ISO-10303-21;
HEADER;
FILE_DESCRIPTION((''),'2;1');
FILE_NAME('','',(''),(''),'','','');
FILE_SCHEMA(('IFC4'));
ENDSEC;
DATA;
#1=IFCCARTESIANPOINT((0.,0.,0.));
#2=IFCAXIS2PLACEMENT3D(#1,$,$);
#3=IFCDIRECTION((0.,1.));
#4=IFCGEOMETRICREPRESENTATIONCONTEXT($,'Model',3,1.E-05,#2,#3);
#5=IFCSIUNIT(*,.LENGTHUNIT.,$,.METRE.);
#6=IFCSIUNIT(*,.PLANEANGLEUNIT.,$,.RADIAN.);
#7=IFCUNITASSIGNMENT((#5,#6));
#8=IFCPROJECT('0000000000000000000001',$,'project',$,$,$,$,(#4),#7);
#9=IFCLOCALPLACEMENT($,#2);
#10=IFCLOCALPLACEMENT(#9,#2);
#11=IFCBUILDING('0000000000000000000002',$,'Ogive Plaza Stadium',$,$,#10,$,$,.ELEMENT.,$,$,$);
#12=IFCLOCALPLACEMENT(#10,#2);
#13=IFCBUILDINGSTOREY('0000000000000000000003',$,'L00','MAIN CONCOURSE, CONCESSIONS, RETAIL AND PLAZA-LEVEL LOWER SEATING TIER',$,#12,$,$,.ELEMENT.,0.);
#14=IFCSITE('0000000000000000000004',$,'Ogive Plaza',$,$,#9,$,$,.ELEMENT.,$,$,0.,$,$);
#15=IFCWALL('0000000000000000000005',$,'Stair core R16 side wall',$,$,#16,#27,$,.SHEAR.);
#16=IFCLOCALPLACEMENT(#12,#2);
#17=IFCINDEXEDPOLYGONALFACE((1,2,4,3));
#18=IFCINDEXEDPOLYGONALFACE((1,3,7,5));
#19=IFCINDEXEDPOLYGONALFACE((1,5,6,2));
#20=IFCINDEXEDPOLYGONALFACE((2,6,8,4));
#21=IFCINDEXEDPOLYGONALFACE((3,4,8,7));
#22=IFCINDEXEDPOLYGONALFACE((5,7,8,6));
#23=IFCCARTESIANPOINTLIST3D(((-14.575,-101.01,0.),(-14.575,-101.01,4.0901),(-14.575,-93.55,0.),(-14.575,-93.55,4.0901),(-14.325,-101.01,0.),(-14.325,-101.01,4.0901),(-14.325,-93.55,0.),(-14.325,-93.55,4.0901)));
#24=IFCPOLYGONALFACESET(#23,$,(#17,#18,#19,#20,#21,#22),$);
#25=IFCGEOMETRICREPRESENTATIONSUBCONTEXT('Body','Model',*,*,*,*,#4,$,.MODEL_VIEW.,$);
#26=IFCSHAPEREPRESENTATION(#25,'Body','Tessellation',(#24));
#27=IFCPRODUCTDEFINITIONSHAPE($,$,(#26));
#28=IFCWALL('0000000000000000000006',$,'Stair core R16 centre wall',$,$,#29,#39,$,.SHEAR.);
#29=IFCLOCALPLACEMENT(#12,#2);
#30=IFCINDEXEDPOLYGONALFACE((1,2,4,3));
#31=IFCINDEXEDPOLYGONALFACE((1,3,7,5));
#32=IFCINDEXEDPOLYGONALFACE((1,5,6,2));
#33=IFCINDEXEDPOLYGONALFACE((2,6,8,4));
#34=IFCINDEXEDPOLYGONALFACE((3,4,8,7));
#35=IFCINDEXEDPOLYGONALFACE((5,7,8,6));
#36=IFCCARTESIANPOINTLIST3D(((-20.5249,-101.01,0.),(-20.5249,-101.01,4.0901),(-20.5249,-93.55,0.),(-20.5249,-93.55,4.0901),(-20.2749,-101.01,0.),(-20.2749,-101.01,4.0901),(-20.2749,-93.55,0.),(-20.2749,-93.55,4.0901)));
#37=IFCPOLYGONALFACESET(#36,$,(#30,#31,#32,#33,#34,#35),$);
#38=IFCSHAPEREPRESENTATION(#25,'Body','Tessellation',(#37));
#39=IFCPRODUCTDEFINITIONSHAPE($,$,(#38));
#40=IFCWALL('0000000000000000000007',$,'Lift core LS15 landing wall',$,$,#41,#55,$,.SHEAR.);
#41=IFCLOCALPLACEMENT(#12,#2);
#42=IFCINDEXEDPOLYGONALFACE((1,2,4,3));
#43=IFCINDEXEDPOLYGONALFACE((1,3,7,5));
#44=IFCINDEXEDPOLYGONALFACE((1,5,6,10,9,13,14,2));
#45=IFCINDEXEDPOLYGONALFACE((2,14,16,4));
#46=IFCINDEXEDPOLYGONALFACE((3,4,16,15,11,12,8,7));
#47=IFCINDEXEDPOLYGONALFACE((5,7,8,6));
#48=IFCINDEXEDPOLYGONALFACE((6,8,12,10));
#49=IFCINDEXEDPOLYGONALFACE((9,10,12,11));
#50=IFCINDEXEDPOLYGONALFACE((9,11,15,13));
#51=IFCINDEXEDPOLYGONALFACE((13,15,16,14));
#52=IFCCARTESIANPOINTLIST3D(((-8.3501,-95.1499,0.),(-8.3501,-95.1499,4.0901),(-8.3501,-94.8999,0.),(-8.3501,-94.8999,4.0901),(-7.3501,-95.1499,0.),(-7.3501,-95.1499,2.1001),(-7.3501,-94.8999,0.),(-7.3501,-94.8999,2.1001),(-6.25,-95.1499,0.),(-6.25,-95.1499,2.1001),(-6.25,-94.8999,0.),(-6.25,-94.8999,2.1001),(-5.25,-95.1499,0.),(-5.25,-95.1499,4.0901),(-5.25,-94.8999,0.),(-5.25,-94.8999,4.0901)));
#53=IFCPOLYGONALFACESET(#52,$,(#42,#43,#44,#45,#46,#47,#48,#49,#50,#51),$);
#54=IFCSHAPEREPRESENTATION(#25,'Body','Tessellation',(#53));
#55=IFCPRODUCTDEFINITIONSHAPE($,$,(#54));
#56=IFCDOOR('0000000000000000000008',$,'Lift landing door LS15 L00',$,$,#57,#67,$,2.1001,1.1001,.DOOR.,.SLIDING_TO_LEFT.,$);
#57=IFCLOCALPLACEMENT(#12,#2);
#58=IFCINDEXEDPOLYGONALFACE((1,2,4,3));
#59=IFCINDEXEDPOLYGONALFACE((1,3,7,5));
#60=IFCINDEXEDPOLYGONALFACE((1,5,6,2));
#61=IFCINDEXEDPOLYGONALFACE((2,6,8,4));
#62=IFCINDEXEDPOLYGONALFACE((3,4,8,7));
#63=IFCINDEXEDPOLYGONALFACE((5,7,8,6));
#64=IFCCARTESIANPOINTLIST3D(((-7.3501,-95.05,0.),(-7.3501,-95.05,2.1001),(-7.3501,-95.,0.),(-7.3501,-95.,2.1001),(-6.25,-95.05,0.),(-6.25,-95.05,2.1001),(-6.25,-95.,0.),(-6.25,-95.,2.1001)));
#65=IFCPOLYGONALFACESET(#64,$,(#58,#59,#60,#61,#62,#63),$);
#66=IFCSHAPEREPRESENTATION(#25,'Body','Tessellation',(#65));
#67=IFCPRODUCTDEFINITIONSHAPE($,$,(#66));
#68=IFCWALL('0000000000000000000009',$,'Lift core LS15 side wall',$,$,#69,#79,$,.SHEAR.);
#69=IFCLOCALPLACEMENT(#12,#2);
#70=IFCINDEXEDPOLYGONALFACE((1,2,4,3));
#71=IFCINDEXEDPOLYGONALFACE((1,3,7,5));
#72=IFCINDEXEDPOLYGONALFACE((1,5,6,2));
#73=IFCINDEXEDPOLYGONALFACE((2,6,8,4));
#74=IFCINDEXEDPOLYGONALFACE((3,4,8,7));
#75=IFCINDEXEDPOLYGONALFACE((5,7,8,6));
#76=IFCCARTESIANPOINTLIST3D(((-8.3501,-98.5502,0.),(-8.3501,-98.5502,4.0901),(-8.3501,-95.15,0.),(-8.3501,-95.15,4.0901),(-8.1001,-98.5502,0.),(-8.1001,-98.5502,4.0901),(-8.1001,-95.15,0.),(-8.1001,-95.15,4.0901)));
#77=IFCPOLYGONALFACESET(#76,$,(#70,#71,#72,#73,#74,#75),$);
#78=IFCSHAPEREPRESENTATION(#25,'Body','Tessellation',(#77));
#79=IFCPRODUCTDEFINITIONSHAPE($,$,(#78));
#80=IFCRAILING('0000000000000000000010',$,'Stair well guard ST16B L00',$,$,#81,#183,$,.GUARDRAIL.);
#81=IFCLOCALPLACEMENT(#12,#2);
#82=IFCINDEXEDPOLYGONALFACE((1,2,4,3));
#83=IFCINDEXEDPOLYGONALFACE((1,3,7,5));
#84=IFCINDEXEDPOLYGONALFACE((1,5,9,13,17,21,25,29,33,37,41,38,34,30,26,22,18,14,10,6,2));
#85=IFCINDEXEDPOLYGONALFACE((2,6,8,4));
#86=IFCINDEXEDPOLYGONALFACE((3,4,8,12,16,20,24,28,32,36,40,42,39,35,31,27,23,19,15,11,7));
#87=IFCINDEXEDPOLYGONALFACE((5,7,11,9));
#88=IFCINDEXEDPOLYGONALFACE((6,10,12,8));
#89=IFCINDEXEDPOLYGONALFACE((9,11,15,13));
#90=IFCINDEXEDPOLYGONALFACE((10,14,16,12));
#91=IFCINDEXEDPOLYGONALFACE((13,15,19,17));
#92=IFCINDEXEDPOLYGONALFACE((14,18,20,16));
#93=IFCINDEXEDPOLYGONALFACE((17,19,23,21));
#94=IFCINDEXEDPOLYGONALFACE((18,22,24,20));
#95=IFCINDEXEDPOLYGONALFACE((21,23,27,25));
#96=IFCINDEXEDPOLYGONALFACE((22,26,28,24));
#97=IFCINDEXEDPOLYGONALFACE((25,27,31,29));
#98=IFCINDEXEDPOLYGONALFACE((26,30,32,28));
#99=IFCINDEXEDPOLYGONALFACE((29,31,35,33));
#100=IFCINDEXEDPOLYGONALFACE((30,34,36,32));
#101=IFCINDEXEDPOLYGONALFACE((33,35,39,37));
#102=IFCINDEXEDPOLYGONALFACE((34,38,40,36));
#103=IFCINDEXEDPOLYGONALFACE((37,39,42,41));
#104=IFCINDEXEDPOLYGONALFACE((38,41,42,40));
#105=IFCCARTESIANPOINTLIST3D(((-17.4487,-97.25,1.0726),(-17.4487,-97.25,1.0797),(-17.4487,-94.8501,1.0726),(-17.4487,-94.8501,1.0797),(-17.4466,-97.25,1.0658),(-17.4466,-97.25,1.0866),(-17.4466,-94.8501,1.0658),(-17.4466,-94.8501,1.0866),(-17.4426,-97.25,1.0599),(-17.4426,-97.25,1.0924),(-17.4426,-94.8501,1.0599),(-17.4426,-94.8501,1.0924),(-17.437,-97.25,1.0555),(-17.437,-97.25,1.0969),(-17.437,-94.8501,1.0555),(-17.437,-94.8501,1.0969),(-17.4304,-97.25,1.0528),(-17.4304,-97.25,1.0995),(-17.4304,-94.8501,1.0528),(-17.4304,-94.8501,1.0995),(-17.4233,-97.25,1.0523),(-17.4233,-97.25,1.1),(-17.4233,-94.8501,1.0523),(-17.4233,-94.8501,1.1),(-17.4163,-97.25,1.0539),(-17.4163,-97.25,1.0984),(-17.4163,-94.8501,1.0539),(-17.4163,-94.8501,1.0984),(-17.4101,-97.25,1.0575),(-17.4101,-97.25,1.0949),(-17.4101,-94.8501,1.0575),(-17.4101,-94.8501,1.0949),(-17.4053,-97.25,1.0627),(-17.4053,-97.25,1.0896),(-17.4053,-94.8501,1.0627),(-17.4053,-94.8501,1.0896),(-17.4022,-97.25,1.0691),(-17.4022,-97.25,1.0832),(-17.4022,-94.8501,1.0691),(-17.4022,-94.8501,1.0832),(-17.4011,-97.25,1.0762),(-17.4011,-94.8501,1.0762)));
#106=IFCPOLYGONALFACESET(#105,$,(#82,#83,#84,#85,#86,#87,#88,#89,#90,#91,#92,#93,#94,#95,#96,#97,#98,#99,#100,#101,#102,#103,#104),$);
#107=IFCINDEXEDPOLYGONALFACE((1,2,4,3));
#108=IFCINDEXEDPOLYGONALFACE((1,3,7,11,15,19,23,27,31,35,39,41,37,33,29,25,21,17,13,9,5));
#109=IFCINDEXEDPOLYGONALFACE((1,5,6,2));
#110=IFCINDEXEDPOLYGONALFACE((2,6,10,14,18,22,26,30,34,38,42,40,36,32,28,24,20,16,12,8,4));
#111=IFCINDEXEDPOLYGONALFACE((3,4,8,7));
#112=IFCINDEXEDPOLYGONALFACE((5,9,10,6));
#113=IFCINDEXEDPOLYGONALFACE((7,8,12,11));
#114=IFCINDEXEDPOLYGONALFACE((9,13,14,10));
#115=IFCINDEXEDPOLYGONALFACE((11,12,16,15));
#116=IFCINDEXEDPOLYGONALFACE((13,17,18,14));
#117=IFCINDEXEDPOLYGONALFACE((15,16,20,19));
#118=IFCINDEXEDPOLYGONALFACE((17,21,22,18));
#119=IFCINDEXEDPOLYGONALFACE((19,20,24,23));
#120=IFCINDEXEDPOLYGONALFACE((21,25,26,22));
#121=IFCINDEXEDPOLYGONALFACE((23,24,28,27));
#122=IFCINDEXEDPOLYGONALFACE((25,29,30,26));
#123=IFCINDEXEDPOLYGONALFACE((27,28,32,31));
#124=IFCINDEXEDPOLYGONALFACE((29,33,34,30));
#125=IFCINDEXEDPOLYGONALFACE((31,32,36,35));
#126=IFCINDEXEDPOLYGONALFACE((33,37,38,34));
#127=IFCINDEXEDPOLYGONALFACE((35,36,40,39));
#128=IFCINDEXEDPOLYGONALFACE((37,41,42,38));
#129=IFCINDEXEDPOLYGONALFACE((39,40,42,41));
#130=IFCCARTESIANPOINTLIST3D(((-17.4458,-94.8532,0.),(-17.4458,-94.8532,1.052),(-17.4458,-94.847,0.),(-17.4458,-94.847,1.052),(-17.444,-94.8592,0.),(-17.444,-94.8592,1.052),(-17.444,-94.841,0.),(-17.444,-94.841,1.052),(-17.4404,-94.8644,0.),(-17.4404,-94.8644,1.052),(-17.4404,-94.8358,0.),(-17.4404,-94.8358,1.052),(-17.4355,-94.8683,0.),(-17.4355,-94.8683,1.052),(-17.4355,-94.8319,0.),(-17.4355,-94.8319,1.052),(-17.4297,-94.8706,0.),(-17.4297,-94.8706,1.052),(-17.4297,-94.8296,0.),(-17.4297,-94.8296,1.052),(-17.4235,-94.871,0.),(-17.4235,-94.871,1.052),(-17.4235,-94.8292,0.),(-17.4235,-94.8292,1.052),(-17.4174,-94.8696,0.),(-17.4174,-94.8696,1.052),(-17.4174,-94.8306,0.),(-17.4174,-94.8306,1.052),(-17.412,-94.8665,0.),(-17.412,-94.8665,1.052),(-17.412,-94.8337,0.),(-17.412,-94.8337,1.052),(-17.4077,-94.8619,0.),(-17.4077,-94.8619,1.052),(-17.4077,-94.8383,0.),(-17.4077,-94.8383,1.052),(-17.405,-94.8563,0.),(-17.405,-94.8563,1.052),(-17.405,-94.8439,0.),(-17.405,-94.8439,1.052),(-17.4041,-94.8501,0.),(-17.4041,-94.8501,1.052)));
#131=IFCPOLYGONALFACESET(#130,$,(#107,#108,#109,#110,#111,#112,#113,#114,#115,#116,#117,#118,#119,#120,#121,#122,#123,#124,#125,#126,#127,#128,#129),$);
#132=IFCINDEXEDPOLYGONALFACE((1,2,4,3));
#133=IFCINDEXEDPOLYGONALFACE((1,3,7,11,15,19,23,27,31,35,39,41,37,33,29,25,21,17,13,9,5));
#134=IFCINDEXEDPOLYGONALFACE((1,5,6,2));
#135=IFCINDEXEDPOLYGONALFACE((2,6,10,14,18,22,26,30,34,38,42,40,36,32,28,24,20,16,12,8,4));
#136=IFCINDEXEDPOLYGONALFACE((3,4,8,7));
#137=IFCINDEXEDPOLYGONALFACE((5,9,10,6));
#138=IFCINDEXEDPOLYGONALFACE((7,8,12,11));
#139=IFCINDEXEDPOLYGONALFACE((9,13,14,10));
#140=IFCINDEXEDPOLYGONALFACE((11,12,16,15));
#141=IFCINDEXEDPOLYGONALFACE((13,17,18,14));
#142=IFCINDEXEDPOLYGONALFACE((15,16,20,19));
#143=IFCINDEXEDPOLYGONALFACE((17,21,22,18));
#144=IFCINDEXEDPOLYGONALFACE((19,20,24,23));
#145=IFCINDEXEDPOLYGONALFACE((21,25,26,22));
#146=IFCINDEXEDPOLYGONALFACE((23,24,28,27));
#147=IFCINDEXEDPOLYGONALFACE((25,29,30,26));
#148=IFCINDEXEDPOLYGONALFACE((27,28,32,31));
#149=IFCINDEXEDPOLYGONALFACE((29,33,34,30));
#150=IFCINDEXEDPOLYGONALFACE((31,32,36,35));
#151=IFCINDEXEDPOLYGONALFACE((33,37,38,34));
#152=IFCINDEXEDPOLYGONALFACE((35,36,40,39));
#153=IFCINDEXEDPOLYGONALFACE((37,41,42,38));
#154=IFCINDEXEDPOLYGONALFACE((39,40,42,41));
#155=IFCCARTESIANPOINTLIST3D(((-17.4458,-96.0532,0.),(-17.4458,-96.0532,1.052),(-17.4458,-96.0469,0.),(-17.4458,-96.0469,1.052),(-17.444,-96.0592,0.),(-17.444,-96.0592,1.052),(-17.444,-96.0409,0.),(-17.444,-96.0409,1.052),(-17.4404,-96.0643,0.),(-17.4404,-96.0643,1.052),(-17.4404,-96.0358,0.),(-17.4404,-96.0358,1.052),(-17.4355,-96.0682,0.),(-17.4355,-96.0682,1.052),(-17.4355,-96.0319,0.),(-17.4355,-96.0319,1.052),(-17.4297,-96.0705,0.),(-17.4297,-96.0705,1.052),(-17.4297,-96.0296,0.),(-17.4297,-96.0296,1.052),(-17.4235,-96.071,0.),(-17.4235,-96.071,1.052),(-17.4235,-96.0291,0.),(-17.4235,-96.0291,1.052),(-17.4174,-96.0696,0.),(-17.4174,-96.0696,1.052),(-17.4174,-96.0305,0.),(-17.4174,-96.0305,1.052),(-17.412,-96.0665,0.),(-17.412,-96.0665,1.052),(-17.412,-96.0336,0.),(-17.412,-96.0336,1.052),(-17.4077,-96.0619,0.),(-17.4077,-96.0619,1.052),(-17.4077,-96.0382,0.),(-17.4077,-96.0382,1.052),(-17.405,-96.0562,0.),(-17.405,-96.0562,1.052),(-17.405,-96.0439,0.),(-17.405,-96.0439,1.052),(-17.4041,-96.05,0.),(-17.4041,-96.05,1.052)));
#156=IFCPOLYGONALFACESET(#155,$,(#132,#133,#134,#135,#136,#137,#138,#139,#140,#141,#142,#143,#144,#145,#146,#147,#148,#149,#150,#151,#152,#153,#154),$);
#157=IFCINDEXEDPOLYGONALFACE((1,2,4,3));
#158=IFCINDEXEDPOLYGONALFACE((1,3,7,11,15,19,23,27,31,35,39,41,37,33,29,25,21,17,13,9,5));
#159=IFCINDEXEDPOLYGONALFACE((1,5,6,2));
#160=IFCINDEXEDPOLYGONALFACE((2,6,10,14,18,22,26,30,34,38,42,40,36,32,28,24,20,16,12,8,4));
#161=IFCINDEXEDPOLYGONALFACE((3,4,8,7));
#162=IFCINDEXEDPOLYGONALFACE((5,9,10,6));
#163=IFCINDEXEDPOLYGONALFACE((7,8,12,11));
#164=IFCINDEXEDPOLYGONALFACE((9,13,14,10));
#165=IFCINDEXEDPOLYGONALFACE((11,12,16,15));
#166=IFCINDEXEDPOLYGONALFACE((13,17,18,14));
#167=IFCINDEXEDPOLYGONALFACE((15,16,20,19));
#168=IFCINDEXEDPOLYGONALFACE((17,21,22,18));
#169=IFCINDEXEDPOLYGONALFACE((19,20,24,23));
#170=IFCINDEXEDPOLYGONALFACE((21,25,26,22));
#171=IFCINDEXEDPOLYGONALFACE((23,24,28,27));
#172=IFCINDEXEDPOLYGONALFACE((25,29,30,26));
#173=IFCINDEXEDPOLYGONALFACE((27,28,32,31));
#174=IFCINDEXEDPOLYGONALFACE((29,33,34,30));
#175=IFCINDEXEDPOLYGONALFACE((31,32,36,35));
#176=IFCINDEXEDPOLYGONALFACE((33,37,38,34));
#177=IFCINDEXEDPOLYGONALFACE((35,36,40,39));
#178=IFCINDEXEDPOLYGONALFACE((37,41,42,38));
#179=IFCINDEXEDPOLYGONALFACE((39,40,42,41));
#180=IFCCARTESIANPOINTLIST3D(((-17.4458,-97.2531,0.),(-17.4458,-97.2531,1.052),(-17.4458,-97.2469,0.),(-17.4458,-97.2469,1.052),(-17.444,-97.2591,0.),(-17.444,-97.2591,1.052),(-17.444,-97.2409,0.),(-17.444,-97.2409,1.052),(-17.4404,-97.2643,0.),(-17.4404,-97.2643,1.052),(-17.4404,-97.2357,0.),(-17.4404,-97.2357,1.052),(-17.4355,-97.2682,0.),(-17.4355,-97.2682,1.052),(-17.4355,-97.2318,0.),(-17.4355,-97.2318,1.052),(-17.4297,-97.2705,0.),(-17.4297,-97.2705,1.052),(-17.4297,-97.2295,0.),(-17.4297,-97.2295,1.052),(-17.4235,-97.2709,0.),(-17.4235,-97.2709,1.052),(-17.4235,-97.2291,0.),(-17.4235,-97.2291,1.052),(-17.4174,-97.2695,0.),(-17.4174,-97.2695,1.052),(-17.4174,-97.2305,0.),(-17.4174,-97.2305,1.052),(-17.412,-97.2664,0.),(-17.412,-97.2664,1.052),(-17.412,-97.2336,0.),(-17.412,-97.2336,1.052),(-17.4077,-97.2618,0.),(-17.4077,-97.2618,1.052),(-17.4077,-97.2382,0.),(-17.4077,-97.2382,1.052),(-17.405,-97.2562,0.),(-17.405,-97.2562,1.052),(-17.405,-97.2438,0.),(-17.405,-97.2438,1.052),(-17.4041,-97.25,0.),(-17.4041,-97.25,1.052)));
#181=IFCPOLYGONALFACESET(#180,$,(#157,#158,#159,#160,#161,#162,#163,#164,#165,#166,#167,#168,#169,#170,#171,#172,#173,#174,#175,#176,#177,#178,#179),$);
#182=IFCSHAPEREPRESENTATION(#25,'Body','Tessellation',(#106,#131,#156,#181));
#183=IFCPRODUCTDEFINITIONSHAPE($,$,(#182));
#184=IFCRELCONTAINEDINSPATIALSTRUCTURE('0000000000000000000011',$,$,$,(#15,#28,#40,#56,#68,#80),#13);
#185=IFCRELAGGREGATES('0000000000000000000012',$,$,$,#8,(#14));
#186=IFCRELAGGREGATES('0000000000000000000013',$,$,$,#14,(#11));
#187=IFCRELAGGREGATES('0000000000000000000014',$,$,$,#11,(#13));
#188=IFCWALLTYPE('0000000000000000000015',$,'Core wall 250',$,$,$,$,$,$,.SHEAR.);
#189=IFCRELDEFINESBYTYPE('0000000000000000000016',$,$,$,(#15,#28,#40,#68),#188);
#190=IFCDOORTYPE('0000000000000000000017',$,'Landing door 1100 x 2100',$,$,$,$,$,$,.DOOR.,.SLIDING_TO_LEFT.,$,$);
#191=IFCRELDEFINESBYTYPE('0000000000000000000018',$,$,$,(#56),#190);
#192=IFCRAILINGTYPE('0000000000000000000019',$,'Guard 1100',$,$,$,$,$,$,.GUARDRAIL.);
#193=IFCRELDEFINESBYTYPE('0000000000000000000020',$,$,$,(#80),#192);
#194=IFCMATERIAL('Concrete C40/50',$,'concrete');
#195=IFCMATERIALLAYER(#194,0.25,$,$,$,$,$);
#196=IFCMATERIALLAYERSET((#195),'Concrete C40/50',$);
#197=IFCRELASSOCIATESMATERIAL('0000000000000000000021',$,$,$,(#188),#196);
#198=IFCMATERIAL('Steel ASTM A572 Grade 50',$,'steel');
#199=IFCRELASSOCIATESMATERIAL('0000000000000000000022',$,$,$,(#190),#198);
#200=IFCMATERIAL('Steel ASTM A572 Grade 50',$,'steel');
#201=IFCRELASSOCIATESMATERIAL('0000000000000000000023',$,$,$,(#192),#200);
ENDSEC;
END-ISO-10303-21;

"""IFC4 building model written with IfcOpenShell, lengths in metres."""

from ifc_helpers import new_model, si_unit, direction, frame, frame_2d, origin, origin_2d, place, context, subcontext, project, spatial, rectangle, circle, extrude, material, layer, layer_set, type_object, element, fill, save


model = new_model("IFC4")

# Units and contexts
model_context = context("Model", 3, precision=1e-05, world=origin(), true_north=direction((0.0, 1.0)))
body_context = subcontext(model_context, "Body", "Model", "MODEL_VIEW")
ifc_project = project(units=[si_unit("LENGTHUNIT", "METRE"), si_unit("PLANEANGLEUNIT", "RADIAN")], contexts=[model_context])

# Site, building, storey
site_placement = place(None, origin())
site = spatial("IfcSite", under=ifc_project, at=site_placement, Name="Ogive Plaza", CompositionType="ELEMENT", RefElevation=0.0)
building_placement = place(site_placement, origin())
building = spatial("IfcBuilding", under=site, at=building_placement, Name="Ogive Plaza Stadium", CompositionType="ELEMENT")
storey_placement = place(building_placement, origin())
storey = spatial("IfcBuildingStorey", under=building, at=storey_placement, Name="L00", Description="MAIN CONCOURSE, CONCESSIONS, RETAIL AND PLAZA-LEVEL LOWER SEATING TIER", CompositionType="ELEMENT", Elevation=0.0)

# Walls
ifc_material_1 = material(Name="Concrete C40/50", Category="concrete")
ifc_layer_1 = layer(ifc_material_1, 0.25)
ifc_layer_set_1 = layer_set([ifc_layer_1], Name="Concrete C40/50")
wall_type_1 = type_object("IfcWallType", Name="Core wall 250", PredefinedType="SHEAR", material=ifc_layer_set_1)
for number, where, z_axis, x_axis, name in (
    (1, (-14.45, -93.55, 0.0), (0.0, 0.0, 1.0), (0.0, -1.0, 0.0), "Stair core R16 side wall"),
    (2, (-20.3999, -93.55, 0.0), (0.0, 0.0, 1.0), (0.0, -1.0, 0.0), "Stair core R16 centre wall"),
):
    element("IfcWall", number, at=place(storey_placement, frame(where, z_axis=z_axis, x_axis=x_axis)), inside=storey, type_object=wall_type_1, Name=name, PredefinedType="SHEAR", context=body_context, shape_type="SweptSolid", body=[
        extrude(rectangle(XDim=7.46, YDim=0.25, at=frame_2d((3.73, 0.0))), origin(), (0.0, 0.0, 1.0), 4.0901),
    ])

# Wall, opening, door
wall_1_placement = place(storey_placement, frame((-8.3501, -95.0249, 0.0), z_axis=(0.0, 0.0, 1.0), x_axis=(1.0, 0.0, 0.0)))
wall_1 = element("IfcWall", 3, at=wall_1_placement, inside=storey, type_object=wall_type_1, Name="Lift core LS15 landing wall", PredefinedType="SHEAR", context=body_context, shape_type="SweptSolid", body=[
    extrude(rectangle(XDim=3.1001, YDim=0.25, at=frame_2d((1.55, 0.0))), origin(), (0.0, 0.0, 1.0), 4.0901),
])
opening_1_placement = place(wall_1_placement, frame((1.0, 0.0, 0.0)))
opening_1 = element("IfcOpeningElement", 4, at=opening_1_placement, cuts=wall_1, PredefinedType="OPENING", context=body_context, shape_type="SweptSolid", body=[
    extrude(rectangle(XDim=1.1001, YDim=2.1001, at=frame_2d((0.55, 1.05))), frame((0.0, 0.125, 0.0), z_axis=(0.0, -1.0, 0.0), x_axis=(1.0, 0.0, 0.0)), (0.0, 0.0, 1.0), 0.25),
])
ifc_material_2 = material(Name="Steel ASTM A572 Grade 50", Category="steel")
door_type_1 = type_object("IfcDoorType", Name="Landing door 1100 x 2100", OperationType="SLIDING_TO_LEFT", PredefinedType="DOOR", material=ifc_material_2)
door_1_placement = place(opening_1_placement, origin())
door_1 = element("IfcDoor", 5, at=door_1_placement, inside=storey, type_object=door_type_1, Name="Lift landing door LS15 L00", OperationType="SLIDING_TO_LEFT", OverallHeight=2.1001, OverallWidth=1.1001, PredefinedType="DOOR", context=body_context, shape_type="SweptSolid", body=[
    extrude(rectangle(XDim=1.1001, YDim=2.1001, at=frame_2d((0.55, 1.05))), frame((0.0, 0.0249, 0.0), z_axis=(0.0, -1.0, 0.0), x_axis=(1.0, 0.0, 0.0)), (0.0, 0.0, 1.0), 0.05),
])
fill(opening_1, door_1)

# Wall
wall_2_placement = place(storey_placement, frame((-8.2251, -95.1499, 0.0), z_axis=(0.0, 0.0, 1.0), x_axis=(0.0, -1.0, 0.0)))
element("IfcWall", 6, at=wall_2_placement, inside=storey, type_object=wall_type_1, Name="Lift core LS15 side wall", PredefinedType="SHEAR", context=body_context, shape_type="SweptSolid", body=[
    extrude(rectangle(XDim=3.4001, YDim=0.25, at=frame_2d((1.7002, 0.0))), origin(), (0.0, 0.0, 1.0), 4.0901),
])

# Railing
ifc_material_3 = material(Name="Steel ASTM A572 Grade 50", Category="steel")
railing_type_1 = type_object("IfcRailingType", Name="Guard 1100", PredefinedType="GUARDRAIL", material=ifc_material_3)
for number, where, name in (
    (7, (-17.425, -94.8501, 0.0), "Stair well guard ST16B L00"),
):
    element("IfcRailing", number, at=place(storey_placement, frame(where)), inside=storey, type_object=railing_type_1, Name=name, PredefinedType="GUARDRAIL", context=body_context, shape_type="SweptSolid", body=[
        extrude(circle(Radius=0.0239, at=origin_2d()), frame((0.0, 0.0, 1.0762), z_axis=(0.0, -1.0, 0.0), x_axis=(1.0, 0.0, 0.0)), (0.0, 0.0, 1.0), 2.3999),
        extrude(circle(Radius=0.021, at=origin_2d()), origin(), (0.0, 0.0, 1.0), 1.052),
        extrude(circle(Radius=0.021, at=origin_2d()), frame((0.0, -1.2, 0.0)), (0.0, 0.0, 1.0), 1.052),
        extrude(circle(Radius=0.021, at=origin_2d()), frame((0.0, -2.3999, 0.0)), (0.0, 0.0, 1.0), 1.052),
    ])

save(model, "model.ifc")
